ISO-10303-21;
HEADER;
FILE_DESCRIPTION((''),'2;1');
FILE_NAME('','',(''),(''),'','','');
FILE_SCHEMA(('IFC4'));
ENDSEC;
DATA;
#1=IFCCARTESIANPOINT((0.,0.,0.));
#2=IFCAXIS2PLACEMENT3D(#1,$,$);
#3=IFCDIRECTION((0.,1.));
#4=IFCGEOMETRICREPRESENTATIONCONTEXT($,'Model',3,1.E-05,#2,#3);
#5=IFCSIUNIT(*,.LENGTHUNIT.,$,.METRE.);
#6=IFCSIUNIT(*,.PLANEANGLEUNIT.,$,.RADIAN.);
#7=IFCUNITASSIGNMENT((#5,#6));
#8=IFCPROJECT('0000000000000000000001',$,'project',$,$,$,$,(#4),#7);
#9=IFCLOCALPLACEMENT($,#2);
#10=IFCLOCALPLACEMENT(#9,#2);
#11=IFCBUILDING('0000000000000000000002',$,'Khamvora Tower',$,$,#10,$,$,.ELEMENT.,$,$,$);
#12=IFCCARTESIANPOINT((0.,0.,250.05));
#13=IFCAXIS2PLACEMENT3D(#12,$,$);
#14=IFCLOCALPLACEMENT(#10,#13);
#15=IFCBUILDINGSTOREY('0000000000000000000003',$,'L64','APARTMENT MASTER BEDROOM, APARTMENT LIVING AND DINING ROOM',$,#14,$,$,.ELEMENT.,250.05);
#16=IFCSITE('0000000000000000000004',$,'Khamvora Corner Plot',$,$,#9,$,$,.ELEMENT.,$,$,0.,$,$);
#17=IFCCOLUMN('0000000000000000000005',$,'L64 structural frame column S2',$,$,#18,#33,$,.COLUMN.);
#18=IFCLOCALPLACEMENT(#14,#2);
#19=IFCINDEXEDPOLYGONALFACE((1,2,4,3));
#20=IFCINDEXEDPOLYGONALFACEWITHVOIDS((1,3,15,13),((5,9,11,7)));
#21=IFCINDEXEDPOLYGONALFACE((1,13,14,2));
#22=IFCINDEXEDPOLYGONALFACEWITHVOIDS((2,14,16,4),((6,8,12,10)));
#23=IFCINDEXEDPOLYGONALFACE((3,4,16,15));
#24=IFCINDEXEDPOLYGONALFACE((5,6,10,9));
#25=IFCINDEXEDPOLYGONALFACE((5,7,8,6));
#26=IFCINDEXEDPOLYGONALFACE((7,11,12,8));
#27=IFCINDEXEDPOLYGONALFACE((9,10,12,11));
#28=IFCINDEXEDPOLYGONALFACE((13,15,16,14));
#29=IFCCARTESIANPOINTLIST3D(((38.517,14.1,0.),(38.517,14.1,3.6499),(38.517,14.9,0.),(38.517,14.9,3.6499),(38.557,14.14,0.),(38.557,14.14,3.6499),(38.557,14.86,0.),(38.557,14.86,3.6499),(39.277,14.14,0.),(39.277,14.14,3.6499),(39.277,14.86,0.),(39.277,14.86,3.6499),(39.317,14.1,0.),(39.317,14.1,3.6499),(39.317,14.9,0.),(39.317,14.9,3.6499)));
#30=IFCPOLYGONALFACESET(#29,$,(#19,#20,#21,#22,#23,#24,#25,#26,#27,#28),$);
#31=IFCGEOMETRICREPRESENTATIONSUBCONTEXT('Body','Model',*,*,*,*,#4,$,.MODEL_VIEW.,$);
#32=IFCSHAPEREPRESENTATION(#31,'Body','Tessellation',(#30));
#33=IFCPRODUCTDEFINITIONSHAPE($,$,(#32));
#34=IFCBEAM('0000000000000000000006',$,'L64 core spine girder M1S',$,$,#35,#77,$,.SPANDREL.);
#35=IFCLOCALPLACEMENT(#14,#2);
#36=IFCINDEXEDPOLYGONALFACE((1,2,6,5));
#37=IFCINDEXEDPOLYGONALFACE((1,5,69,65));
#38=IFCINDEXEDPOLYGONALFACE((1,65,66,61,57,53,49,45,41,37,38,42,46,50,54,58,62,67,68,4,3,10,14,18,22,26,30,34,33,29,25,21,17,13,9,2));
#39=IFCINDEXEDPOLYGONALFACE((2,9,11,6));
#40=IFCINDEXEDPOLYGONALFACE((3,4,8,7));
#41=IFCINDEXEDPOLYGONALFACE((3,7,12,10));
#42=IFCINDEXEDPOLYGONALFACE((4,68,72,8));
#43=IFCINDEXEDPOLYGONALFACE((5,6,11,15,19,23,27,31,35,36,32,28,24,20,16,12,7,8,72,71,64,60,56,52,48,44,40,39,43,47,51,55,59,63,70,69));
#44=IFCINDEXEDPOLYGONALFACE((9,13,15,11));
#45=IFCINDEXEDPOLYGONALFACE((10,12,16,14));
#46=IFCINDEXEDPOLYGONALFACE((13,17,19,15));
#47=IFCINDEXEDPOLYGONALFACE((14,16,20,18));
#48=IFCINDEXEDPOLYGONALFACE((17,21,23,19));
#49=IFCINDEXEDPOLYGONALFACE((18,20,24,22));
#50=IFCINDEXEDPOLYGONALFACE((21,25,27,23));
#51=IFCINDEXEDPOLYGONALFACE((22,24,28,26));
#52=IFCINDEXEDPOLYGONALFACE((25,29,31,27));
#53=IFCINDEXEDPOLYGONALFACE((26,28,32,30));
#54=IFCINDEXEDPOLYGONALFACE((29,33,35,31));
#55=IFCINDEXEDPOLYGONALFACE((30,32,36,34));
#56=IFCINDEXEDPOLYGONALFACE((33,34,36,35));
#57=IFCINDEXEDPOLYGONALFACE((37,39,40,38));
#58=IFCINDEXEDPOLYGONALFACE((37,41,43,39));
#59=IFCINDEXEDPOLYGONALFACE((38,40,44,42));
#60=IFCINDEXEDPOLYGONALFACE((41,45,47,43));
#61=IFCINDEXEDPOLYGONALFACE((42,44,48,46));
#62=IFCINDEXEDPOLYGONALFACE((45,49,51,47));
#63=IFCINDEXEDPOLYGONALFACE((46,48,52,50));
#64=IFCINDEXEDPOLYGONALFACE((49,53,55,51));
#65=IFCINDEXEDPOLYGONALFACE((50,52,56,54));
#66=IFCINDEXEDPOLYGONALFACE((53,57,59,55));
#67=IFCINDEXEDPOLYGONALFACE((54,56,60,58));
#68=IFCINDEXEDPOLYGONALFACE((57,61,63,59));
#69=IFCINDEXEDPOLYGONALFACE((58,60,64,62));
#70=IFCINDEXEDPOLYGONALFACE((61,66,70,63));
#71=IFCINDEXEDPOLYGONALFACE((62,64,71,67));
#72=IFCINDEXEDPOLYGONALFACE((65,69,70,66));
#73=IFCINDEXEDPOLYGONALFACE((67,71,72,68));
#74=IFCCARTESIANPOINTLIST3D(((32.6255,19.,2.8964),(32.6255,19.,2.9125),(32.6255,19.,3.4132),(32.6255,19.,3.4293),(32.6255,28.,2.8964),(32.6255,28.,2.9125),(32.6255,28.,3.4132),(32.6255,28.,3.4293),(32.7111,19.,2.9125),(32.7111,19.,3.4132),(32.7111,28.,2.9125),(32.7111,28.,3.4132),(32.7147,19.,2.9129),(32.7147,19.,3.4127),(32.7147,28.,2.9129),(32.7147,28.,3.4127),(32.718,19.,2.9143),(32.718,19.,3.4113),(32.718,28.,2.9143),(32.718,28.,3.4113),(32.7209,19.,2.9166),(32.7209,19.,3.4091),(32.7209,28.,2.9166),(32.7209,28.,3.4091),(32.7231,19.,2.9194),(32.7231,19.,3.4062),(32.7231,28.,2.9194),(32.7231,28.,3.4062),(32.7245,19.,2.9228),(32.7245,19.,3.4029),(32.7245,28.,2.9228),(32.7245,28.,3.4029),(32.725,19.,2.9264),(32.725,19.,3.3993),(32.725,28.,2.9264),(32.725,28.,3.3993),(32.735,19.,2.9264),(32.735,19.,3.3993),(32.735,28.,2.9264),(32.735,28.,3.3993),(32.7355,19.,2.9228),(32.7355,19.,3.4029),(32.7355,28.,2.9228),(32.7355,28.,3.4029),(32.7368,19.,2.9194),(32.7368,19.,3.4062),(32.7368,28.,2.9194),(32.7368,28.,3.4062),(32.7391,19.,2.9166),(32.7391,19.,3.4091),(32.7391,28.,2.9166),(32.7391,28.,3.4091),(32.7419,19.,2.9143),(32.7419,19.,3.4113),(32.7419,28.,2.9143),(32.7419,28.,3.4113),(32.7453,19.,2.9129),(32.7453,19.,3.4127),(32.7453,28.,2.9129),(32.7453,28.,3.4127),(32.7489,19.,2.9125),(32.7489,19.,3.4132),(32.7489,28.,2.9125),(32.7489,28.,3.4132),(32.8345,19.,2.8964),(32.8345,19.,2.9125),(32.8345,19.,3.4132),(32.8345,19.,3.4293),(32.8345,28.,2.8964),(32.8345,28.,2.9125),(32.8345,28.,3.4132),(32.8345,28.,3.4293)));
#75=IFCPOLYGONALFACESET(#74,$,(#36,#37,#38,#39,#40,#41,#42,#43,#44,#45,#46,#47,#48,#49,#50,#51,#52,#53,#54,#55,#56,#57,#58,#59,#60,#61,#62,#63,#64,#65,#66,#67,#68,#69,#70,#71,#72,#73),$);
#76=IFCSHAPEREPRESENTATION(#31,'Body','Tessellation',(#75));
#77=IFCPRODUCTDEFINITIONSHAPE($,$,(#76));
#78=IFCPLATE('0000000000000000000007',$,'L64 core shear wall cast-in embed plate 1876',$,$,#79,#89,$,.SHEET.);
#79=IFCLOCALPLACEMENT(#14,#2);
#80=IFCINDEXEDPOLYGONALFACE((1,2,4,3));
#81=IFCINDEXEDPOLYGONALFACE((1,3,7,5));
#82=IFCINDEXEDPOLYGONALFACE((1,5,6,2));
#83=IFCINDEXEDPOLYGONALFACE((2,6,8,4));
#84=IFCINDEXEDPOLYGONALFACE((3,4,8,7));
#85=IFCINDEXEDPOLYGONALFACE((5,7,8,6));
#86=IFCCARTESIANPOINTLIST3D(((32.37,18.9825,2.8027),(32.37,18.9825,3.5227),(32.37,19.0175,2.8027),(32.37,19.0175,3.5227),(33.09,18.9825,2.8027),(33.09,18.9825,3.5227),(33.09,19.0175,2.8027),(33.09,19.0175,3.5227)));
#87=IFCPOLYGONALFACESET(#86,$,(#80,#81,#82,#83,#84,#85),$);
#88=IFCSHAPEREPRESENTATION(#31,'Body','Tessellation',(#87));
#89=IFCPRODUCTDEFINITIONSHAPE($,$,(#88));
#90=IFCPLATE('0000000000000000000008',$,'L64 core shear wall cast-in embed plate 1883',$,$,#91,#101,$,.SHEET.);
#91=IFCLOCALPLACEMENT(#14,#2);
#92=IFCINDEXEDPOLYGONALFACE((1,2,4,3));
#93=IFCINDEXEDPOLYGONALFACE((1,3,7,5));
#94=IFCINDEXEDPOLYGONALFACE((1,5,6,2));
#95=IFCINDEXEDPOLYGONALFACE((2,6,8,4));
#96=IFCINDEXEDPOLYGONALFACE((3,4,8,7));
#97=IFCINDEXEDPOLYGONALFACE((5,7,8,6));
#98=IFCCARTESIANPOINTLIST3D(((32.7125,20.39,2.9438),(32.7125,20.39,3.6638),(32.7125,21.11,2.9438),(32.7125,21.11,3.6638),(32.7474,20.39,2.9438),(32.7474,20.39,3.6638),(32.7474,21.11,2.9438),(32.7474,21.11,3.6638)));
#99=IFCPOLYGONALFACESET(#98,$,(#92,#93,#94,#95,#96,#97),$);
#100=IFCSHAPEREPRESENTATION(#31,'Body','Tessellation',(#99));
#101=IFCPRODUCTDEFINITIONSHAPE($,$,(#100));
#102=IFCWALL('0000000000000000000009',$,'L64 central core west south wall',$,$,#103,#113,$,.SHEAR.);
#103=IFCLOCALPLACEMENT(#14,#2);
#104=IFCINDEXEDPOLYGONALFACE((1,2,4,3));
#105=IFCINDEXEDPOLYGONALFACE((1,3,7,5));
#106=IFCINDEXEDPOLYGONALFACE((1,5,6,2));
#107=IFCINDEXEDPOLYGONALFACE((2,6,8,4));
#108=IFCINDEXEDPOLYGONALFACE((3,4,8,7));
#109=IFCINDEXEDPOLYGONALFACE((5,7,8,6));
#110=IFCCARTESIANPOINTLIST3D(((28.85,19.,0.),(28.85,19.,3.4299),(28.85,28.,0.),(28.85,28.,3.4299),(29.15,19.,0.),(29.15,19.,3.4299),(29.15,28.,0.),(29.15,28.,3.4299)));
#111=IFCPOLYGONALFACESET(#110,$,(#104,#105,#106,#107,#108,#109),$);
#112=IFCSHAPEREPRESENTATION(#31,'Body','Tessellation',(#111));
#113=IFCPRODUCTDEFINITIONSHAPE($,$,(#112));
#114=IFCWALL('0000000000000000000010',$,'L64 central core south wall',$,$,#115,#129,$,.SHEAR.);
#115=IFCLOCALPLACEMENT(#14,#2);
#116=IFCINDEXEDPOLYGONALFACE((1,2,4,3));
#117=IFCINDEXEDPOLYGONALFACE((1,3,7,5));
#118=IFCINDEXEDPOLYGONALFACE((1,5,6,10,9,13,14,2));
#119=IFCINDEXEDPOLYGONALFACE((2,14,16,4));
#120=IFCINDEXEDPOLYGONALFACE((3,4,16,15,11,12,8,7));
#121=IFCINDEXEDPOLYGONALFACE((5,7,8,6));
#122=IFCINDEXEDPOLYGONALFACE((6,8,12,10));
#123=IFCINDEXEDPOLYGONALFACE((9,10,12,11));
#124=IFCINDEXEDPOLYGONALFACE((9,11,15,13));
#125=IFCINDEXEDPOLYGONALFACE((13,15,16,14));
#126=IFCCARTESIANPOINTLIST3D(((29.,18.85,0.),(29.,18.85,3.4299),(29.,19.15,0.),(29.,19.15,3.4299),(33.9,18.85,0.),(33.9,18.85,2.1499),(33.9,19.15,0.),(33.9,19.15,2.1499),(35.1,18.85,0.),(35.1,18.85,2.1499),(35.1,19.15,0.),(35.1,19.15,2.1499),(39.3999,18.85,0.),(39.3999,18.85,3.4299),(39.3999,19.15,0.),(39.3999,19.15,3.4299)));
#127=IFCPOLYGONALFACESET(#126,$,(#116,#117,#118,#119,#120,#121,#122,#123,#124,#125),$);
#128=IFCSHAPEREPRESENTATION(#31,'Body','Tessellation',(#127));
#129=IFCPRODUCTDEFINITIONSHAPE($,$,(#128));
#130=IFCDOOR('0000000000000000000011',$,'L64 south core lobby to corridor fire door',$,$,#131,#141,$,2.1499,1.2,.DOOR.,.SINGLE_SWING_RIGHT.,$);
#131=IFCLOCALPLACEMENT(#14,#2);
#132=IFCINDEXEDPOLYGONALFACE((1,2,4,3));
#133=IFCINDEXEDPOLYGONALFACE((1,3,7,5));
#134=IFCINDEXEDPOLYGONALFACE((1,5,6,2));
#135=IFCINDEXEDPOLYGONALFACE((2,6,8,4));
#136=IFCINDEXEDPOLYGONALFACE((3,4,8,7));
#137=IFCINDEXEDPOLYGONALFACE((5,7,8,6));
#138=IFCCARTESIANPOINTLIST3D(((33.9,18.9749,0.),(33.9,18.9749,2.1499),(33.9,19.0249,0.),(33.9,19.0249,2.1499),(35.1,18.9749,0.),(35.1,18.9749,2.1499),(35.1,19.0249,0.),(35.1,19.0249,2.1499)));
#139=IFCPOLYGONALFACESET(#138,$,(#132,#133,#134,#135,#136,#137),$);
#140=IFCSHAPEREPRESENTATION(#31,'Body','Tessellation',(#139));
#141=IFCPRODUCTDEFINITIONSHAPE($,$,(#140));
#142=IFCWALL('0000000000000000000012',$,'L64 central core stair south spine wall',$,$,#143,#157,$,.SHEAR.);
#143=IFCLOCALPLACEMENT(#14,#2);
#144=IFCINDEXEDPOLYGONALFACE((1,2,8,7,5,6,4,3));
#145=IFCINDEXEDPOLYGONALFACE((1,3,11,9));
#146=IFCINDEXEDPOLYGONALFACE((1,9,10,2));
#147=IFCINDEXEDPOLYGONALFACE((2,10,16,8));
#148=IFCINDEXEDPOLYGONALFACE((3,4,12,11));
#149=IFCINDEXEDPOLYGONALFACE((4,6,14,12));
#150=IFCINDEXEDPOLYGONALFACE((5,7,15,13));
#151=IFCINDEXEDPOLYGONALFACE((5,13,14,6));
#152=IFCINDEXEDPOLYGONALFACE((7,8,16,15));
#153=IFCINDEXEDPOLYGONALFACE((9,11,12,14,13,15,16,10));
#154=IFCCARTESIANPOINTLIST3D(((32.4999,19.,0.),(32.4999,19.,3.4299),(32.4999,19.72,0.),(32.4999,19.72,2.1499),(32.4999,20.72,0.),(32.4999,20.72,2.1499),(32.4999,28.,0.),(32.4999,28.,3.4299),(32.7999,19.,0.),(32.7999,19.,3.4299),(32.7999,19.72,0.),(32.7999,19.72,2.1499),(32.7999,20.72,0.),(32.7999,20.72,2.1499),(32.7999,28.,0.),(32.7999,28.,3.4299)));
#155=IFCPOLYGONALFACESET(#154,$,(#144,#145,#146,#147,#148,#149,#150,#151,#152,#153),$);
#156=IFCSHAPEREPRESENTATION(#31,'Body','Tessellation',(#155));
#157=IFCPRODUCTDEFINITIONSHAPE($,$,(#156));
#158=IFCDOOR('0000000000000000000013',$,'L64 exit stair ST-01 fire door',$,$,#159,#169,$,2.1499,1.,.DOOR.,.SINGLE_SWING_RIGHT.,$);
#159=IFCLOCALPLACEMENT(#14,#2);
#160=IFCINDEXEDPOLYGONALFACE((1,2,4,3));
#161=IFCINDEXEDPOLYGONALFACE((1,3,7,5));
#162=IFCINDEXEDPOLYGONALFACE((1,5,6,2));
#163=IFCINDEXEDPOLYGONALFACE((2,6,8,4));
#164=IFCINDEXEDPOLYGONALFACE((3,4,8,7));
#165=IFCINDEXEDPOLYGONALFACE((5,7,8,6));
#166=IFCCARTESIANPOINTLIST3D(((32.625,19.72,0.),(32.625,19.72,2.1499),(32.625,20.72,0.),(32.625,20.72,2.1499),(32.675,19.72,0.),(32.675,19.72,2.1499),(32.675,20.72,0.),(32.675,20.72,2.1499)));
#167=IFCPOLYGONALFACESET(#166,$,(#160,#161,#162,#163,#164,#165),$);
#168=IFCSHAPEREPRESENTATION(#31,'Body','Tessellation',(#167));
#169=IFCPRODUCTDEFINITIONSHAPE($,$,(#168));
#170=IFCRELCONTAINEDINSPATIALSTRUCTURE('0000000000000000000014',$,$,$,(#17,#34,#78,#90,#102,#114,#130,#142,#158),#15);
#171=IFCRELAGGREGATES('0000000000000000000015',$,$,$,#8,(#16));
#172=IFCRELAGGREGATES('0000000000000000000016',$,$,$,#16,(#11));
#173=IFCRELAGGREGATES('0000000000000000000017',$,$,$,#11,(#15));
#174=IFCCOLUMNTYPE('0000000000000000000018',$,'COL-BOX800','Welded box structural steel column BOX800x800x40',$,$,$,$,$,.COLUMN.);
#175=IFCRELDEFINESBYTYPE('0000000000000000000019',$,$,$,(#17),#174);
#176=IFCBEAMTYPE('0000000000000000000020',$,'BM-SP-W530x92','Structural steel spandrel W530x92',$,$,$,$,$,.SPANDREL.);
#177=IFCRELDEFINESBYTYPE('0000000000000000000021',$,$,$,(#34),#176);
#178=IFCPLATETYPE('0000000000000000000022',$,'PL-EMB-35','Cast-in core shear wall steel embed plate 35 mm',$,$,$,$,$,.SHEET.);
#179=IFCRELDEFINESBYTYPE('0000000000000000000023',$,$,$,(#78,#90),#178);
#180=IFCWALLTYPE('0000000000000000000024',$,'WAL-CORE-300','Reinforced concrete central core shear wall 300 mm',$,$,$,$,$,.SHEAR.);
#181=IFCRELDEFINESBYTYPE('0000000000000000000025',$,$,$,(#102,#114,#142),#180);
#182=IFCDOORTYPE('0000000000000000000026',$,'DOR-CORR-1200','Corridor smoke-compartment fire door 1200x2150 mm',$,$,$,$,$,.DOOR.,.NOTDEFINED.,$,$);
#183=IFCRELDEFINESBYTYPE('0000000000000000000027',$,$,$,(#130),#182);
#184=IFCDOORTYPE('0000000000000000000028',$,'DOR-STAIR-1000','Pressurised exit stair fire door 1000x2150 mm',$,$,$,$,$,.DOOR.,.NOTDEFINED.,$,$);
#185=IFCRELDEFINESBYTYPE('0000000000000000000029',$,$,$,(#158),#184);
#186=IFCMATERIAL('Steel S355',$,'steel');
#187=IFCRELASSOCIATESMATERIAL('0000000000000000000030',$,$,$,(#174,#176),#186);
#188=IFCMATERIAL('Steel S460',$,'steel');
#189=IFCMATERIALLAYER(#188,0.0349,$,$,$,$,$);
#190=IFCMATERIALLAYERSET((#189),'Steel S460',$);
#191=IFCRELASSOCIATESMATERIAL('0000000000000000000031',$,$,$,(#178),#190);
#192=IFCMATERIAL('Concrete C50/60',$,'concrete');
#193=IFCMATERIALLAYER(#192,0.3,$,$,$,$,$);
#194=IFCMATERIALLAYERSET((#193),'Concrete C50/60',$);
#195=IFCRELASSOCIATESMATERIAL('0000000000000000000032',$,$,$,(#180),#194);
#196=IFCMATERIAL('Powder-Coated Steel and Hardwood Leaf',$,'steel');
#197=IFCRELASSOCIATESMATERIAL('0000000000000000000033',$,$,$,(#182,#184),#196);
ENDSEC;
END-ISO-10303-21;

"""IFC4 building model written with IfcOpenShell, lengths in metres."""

from ifc_helpers import new_model, si_unit, direction, frame, frame_2d, origin, origin_2d, place, context, subcontext, project, spatial, rectangle, hollow_rectangle, i_section, extrude, material, layer, layer_set, material_profile, profile_set, type_object, element, fill, save


model = new_model("IFC4")

# Units and contexts
model_context = context("Model", 3, precision=1e-05, world=origin(), true_north=direction((0.0, 1.0)))
body_context = subcontext(model_context, "Body", "Model", "MODEL_VIEW")
ifc_project = project(units=[si_unit("LENGTHUNIT", "METRE"), si_unit("PLANEANGLEUNIT", "RADIAN")], contexts=[model_context])

# Site, building, storey
site_placement = place(None, origin())
site = spatial("IfcSite", under=ifc_project, at=site_placement, Name="Khamvora Corner Plot", CompositionType="ELEMENT", RefElevation=0.0)
building_placement = place(site_placement, origin())
building = spatial("IfcBuilding", under=site, at=building_placement, Name="Khamvora Tower", CompositionType="ELEMENT")
storey_placement = place(building_placement, frame((0.0, 0.0, 250.05)))
storey = spatial("IfcBuildingStorey", under=building, at=storey_placement, Name="L64", Description="APARTMENT MASTER BEDROOM, APARTMENT LIVING AND DINING ROOM", CompositionType="ELEMENT", Elevation=250.05)

# Column
ifc_material_1 = material(Name="Steel S355", Category="steel")
ifc_material_profile_1 = material_profile(ifc_material_1, hollow_rectangle(XDim=0.8, YDim=0.8, WallThickness=0.04, at=origin_2d()), Name="BOX800x800x40")
ifc_profile_set_1 = profile_set([ifc_material_profile_1], Name="Steel S355")
column_type = type_object("IfcColumnType", Name="COL-BOX800", Description="Welded box structural steel column BOX800x800x40", PredefinedType="COLUMN", material=ifc_profile_set_1)
column_placement = place(storey_placement, frame((38.917, 14.5, 0.0), z_axis=(0.0, 0.0, 1.0), x_axis=(1.0, 0.0, 0.0)))
element("IfcColumn", 1, at=column_placement, inside=storey, type_object=column_type, Name="L64 structural frame column S2", PredefinedType="COLUMN", context=body_context, shape_type="SweptSolid", body=[
    extrude(hollow_rectangle(XDim=0.8, YDim=0.8, WallThickness=0.04, at=origin_2d()), origin(), (0.0, 0.0, 1.0), 3.6499),
])

# Beam
ifc_material_profile_2 = material_profile(ifc_material_1, i_section(OverallWidth=0.209, OverallDepth=0.533, WebThickness=0.01, FlangeThickness=0.0161, FilletRadius=0.0139, at=origin_2d()), Name="W530x92")
ifc_profile_set_2 = profile_set([ifc_material_profile_2], Name="Steel S355")
beam_type = type_object("IfcBeamType", Name="BM-SP-W530x92", Description="Structural steel spandrel W530x92", PredefinedType="SPANDREL", material=ifc_profile_set_2)
beam_placement = place(storey_placement, frame((32.73, 19.0, 3.1628), z_axis=(0.0, 1.0, 0.0), x_axis=(-1.0, 0.0, 0.0)))
element("IfcBeam", 2, at=beam_placement, inside=storey, type_object=beam_type, Name="L64 core spine girder M1S", PredefinedType="SPANDREL", context=body_context, shape_type="SweptSolid", body=[
    extrude(i_section(OverallWidth=0.209, OverallDepth=0.533, WebThickness=0.01, FlangeThickness=0.0161, FilletRadius=0.0139, at=origin_2d()), origin(), (0.0, 0.0, 1.0), 9.0),
])

# Plates
ifc_material_2 = material(Name="Steel S460", Category="steel")
ifc_layer_1 = layer(ifc_material_2, 0.0349)
ifc_layer_set_1 = layer_set([ifc_layer_1], Name="Steel S460")
plate_type = type_object("IfcPlateType", Name="PL-EMB-35", Description="Cast-in core shear wall steel embed plate 35 mm", PredefinedType="SHEET", material=ifc_layer_set_1)
plate_1_placement = place(storey_placement, frame((32.73, 19.0, 2.8027), z_axis=(0.0, 0.0, 1.0), x_axis=(1.0, 0.0, 0.0)))
element("IfcPlate", 3, at=plate_1_placement, inside=storey, type_object=plate_type, Name="L64 core shear wall cast-in embed plate 1876", PredefinedType="SHEET", context=body_context, shape_type="SweptSolid", body=[
    extrude(rectangle(XDim=0.72, YDim=0.0349, at=origin_2d()), origin(), (0.0, 0.0, 1.0), 0.72),
])
plate_2_placement = place(storey_placement, frame((32.73, 20.75, 2.9438), z_axis=(0.0, 0.0, 1.0), x_axis=(1.0, 0.0, 0.0)))
element("IfcPlate", 4, at=plate_2_placement, inside=storey, type_object=plate_type, Name="L64 core shear wall cast-in embed plate 1883", PredefinedType="SHEET", context=body_context, shape_type="SweptSolid", body=[
    extrude(rectangle(XDim=0.0349, YDim=0.72, at=origin_2d()), origin(), (0.0, 0.0, 1.0), 0.72),
])

# Wall
ifc_material_3 = material(Name="Concrete C50/60", Category="concrete")
ifc_layer_2 = layer(ifc_material_3, 0.3)
ifc_layer_set_2 = layer_set([ifc_layer_2], Name="Concrete C50/60")
wall_type_1 = type_object("IfcWallType", Name="WAL-CORE-300", Description="Reinforced concrete central core shear wall 300 mm", PredefinedType="SHEAR", material=ifc_layer_set_2)
wall_1_placement = place(storey_placement, frame((29.0, 19.0, 0.0), z_axis=(0.0, 0.0, 1.0), x_axis=(0.0, 1.0, 0.0)))
element("IfcWall", 5, at=wall_1_placement, inside=storey, type_object=wall_type_1, Name="L64 central core west south wall", PredefinedType="SHEAR", context=body_context, shape_type="SweptSolid", body=[
    extrude(rectangle(XDim=9.0, YDim=0.3, at=frame_2d((4.5, 0.0))), origin(), (0.0, 0.0, 1.0), 3.4299),
])

# Walls, openings, doors
wall_2_placement = place(storey_placement, frame((29.0, 19.0, 0.0), z_axis=(0.0, 0.0, 1.0), x_axis=(1.0, 0.0, 0.0)))
wall_2 = element("IfcWall", 6, at=wall_2_placement, inside=storey, type_object=wall_type_1, Name="L64 central core south wall", PredefinedType="SHEAR", context=body_context, shape_type="SweptSolid", body=[
    extrude(rectangle(XDim=10.3999, YDim=0.3, at=frame_2d((5.2, 0.0))), origin(), (0.0, 0.0, 1.0), 3.4299),
])
opening_1_placement = place(wall_2_placement, frame((4.8999, 0.0, 0.0)))
opening_1 = element("IfcOpeningElement", 7, at=opening_1_placement, cuts=wall_2, PredefinedType="OPENING", context=body_context, shape_type="SweptSolid", body=[
    extrude(rectangle(XDim=1.2, YDim=2.1499, at=frame_2d((0.6001, 1.075))), frame((0.0, 0.1599, 0.0), z_axis=(0.0, -1.0, 0.0), x_axis=(1.0, 0.0, 0.0)), (0.0, 0.0, 1.0), 0.3201),
])
ifc_material_4 = material(Name="Powder-Coated Steel and Hardwood Leaf", Category="steel")
door_type_1 = type_object("IfcDoorType", Name="DOR-CORR-1200", Description="Corridor smoke-compartment fire door 1200x2150 mm", OperationType="NOTDEFINED", PredefinedType="DOOR", material=ifc_material_4)
door_1_placement = place(opening_1_placement, origin())
door_1 = element("IfcDoor", 8, at=door_1_placement, inside=storey, type_object=door_type_1, Name="L64 south core lobby to corridor fire door", OperationType="SINGLE_SWING_RIGHT", OverallHeight=2.1499, OverallWidth=1.2, PredefinedType="DOOR", context=body_context, shape_type="SweptSolid", body=[
    extrude(rectangle(XDim=1.2, YDim=2.1499, at=frame_2d((0.6001, 1.075))), frame((0.0, 0.0249, 0.0), z_axis=(0.0, -1.0, 0.0), x_axis=(1.0, 0.0, 0.0)), (0.0, 0.0, 1.0), 0.05),
])
fill(opening_1, door_1)
wall_3_placement = place(storey_placement, frame((32.6499, 19.0, 0.0), z_axis=(0.0, 0.0, 1.0), x_axis=(0.0, 1.0, 0.0)))
wall_3 = element("IfcWall", 9, at=wall_3_placement, inside=storey, type_object=wall_type_1, Name="L64 central core stair south spine wall", PredefinedType="SHEAR", context=body_context, shape_type="SweptSolid", body=[
    extrude(rectangle(XDim=9.0, YDim=0.3, at=frame_2d((4.5, 0.0))), origin(), (0.0, 0.0, 1.0), 3.4299),
])
opening_2_placement = place(wall_3_placement, frame((0.72, 0.0, 0.0)))
opening_2 = element("IfcOpeningElement", 10, at=opening_2_placement, cuts=wall_3, PredefinedType="OPENING", context=body_context, shape_type="SweptSolid", body=[
    extrude(rectangle(XDim=1.0, YDim=2.1499, at=frame_2d((0.5, 1.075))), frame((0.0, 0.1599, 0.0), z_axis=(0.0, -1.0, 0.0), x_axis=(1.0, 0.0, 0.0)), (0.0, 0.0, 1.0), 0.3201),
])
door_type_2 = type_object("IfcDoorType", Name="DOR-STAIR-1000", Description="Pressurised exit stair fire door 1000x2150 mm", OperationType="NOTDEFINED", PredefinedType="DOOR", material=ifc_material_4)
door_2_placement = place(opening_2_placement, origin())
door_2 = element("IfcDoor", 11, at=door_2_placement, inside=storey, type_object=door_type_2, Name="L64 exit stair ST-01 fire door", OperationType="SINGLE_SWING_RIGHT", OverallHeight=2.1499, OverallWidth=1.0, PredefinedType="DOOR", context=body_context, shape_type="SweptSolid", body=[
    extrude(rectangle(XDim=1.0, YDim=2.1499, at=frame_2d((0.5, 1.075))), frame((0.0, 0.0249, 0.0), z_axis=(0.0, -1.0, 0.0), x_axis=(1.0, 0.0, 0.0)), (0.0, 0.0, 1.0), 0.05),
])
fill(opening_2, door_2)

save(model, "model.ifc")
